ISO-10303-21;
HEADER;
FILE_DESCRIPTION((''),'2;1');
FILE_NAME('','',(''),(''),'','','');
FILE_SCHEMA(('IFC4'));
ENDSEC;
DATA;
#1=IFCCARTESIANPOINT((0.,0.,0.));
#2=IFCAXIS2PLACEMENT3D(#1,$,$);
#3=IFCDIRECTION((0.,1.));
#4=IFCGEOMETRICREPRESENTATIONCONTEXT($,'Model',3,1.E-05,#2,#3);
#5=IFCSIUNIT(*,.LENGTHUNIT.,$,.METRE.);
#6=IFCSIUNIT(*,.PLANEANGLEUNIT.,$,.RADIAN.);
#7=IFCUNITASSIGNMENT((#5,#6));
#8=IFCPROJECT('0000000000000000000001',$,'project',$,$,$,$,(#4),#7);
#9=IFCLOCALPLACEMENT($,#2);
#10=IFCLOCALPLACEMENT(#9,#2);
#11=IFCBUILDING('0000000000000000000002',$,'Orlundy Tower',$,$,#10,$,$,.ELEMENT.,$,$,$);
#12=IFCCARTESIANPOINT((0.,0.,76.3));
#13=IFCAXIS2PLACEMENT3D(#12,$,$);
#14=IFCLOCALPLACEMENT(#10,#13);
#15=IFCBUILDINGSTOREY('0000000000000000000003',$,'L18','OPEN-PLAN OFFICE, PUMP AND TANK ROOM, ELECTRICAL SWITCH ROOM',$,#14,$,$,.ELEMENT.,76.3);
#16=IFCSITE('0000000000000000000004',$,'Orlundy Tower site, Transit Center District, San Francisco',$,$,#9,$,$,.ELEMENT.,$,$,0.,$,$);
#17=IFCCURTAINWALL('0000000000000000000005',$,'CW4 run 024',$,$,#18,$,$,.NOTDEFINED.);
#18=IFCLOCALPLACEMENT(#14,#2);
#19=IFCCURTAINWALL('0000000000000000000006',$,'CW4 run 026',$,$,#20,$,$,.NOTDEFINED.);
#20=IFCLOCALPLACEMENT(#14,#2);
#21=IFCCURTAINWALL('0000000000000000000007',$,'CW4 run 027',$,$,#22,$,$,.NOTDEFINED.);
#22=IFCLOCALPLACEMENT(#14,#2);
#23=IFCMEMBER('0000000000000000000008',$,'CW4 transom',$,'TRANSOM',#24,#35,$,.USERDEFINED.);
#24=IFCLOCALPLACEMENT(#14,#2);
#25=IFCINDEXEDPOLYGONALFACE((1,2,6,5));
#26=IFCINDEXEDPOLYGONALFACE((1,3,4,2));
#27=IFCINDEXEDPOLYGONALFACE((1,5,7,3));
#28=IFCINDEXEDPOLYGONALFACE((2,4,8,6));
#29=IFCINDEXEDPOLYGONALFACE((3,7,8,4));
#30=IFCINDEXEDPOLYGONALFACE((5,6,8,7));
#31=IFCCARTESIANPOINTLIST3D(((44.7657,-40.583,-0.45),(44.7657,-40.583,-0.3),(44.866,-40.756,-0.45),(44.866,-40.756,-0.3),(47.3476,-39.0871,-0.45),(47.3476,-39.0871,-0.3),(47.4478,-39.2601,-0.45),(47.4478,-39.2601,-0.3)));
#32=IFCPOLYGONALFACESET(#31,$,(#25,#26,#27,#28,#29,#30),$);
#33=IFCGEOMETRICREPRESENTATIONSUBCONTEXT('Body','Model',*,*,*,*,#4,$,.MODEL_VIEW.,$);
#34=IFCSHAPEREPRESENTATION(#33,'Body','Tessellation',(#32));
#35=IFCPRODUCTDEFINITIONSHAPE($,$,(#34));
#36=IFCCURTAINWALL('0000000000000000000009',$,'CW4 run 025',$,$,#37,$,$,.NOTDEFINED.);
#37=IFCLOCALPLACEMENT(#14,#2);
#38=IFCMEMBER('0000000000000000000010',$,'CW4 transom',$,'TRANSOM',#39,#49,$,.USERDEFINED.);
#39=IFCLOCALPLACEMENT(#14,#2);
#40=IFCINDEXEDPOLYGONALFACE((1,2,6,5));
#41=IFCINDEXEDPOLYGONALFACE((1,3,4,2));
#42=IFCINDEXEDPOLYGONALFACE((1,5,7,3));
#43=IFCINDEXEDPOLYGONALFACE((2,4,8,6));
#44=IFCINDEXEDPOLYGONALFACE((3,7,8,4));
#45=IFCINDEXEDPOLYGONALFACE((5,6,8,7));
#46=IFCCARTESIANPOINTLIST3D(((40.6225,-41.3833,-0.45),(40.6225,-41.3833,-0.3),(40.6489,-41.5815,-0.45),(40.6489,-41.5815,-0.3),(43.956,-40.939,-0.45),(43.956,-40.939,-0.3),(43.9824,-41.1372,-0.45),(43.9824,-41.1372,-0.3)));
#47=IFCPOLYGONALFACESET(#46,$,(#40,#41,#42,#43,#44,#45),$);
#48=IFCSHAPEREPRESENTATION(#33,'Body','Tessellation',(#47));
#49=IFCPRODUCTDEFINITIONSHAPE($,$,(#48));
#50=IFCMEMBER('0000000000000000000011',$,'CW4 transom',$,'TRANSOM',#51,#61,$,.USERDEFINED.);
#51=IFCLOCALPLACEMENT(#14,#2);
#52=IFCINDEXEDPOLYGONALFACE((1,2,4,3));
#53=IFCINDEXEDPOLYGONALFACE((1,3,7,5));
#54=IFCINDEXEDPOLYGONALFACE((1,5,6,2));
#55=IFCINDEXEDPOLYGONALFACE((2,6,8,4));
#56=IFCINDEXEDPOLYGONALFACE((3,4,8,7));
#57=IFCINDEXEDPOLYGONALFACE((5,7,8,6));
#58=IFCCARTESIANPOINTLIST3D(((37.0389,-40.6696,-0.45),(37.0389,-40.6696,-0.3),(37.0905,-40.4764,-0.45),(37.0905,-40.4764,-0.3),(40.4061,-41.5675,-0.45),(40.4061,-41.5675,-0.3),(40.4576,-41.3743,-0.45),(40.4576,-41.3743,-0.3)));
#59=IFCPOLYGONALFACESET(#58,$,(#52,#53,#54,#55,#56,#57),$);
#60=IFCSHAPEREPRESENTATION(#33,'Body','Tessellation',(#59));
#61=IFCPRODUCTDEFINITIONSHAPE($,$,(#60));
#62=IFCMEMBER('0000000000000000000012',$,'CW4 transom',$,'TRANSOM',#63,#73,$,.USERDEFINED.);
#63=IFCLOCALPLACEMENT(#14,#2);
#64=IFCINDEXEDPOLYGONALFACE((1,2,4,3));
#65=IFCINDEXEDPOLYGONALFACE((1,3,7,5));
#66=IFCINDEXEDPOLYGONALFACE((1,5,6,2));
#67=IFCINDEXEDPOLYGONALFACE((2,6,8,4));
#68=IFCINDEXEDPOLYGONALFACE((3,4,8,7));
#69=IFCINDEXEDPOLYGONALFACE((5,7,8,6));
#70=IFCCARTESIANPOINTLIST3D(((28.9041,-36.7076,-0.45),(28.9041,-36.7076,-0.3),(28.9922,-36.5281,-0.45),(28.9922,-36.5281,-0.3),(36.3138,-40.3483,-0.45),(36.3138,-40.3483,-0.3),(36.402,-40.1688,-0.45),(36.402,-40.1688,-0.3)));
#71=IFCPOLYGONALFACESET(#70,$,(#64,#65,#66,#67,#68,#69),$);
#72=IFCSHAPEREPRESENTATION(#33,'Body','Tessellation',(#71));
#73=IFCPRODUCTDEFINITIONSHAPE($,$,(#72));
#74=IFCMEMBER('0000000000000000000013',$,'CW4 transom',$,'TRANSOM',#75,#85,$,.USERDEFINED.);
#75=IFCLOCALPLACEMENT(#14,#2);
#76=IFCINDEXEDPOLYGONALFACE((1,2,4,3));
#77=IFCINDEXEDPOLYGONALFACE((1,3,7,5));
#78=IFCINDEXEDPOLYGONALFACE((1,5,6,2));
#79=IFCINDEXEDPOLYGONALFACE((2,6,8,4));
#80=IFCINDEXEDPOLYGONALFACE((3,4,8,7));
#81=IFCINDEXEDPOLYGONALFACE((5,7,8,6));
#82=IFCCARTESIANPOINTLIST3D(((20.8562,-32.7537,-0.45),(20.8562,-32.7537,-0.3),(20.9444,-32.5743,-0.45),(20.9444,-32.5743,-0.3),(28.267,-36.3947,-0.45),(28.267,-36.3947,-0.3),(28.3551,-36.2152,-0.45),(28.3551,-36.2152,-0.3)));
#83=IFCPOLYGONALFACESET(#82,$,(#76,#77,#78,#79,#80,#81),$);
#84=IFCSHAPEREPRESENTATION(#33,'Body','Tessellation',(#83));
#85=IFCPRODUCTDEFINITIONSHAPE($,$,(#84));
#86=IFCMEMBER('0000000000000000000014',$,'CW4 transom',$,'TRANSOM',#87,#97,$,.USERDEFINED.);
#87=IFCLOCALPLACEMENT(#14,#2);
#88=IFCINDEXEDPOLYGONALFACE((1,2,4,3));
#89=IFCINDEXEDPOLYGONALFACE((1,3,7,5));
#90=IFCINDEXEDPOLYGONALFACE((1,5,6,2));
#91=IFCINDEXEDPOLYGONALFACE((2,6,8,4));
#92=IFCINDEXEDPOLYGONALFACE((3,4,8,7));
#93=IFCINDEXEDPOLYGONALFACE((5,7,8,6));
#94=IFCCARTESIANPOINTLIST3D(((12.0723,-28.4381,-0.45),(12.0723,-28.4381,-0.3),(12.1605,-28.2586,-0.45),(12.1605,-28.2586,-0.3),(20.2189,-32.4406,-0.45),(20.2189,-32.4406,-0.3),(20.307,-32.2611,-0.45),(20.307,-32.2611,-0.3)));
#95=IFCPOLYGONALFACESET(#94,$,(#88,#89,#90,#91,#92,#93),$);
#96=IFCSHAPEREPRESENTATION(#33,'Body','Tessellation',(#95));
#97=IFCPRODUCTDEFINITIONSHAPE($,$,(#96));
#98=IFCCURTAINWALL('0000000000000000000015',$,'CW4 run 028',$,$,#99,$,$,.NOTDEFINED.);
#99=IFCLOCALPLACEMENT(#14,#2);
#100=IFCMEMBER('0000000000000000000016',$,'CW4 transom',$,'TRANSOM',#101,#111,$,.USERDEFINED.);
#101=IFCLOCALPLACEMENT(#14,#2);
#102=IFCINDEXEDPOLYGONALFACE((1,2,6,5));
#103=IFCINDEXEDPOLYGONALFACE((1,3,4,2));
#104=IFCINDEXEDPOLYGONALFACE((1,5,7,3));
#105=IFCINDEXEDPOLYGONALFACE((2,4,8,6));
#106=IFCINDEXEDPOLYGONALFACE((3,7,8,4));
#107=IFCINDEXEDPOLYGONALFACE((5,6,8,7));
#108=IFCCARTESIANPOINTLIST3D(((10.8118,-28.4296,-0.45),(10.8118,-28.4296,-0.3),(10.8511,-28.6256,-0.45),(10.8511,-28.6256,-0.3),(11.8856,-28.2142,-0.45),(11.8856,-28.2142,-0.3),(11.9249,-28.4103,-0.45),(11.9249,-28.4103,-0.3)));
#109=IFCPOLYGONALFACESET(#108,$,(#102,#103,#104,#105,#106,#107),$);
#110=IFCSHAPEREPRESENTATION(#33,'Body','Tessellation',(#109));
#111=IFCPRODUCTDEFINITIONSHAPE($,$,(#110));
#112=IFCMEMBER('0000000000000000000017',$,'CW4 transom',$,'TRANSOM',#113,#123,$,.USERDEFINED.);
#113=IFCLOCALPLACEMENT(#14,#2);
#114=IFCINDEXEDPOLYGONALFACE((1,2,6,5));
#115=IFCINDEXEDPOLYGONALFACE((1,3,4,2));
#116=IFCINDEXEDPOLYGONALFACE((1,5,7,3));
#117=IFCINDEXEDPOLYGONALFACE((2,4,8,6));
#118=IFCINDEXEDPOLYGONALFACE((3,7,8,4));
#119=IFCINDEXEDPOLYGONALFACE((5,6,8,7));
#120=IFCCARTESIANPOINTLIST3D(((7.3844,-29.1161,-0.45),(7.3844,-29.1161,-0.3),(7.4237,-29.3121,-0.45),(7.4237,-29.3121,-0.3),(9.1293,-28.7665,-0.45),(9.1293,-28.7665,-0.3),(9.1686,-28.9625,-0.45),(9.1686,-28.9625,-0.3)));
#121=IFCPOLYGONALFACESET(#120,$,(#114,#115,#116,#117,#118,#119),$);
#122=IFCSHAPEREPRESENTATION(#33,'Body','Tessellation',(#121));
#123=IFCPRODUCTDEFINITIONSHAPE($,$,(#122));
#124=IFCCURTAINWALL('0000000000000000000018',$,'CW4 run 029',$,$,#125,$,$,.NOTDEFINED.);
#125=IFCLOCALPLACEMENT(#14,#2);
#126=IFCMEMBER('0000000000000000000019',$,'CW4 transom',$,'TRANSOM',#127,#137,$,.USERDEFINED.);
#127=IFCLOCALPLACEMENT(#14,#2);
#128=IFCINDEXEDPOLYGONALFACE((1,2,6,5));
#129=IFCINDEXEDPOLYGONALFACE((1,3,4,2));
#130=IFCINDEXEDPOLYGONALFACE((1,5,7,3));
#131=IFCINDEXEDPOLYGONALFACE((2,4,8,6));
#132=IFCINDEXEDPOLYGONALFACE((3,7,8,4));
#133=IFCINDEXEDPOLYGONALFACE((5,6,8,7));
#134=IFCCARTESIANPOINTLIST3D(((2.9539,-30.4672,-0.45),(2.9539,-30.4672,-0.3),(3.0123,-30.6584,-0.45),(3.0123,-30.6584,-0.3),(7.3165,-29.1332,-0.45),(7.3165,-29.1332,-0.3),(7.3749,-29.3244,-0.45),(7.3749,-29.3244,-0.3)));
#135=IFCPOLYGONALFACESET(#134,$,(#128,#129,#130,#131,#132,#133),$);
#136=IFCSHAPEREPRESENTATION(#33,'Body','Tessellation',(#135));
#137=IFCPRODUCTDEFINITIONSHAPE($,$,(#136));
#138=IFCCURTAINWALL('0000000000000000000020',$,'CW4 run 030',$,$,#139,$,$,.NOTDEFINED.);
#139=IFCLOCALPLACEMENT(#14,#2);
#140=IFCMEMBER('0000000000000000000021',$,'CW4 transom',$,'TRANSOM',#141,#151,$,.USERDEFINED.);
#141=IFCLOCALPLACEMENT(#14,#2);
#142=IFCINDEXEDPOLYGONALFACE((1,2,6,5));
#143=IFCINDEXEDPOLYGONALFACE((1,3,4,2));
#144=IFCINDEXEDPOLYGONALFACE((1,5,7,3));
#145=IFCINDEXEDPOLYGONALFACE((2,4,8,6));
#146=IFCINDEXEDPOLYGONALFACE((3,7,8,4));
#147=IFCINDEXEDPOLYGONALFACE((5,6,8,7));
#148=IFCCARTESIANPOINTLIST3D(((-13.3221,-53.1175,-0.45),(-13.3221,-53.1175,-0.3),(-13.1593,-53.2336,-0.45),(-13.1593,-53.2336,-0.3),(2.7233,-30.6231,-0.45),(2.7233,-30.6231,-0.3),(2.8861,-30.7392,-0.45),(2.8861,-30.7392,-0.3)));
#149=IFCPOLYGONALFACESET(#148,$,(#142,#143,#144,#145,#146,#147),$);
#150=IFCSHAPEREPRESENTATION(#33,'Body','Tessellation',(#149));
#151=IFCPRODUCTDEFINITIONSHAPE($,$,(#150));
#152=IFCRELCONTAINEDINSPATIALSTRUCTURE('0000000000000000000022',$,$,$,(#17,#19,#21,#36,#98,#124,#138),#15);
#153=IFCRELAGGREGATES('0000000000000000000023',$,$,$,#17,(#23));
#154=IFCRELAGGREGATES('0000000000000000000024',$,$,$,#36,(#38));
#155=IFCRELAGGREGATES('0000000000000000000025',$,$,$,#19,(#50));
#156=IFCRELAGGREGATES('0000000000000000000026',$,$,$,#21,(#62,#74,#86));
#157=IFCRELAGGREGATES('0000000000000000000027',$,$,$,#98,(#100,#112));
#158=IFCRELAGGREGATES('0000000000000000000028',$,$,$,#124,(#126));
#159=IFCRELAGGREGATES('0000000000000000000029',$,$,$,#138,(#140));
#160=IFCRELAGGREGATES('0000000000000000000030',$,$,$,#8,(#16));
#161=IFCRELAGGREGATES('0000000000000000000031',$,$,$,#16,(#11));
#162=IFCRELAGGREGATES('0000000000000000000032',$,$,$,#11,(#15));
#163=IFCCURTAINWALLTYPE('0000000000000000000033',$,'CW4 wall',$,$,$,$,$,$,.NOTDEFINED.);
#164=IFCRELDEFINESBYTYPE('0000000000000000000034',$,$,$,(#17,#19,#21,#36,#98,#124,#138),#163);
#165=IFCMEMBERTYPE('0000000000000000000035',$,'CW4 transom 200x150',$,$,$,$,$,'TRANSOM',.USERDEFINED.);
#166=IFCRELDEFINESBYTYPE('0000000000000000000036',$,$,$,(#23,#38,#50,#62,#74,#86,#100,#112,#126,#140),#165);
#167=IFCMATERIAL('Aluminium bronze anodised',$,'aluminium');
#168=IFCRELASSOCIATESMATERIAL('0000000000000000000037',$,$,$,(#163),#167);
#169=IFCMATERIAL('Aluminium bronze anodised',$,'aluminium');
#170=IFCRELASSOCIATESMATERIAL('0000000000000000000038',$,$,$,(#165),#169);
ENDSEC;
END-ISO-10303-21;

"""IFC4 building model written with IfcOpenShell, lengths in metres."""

from ifc_helpers import new_model, si_unit, direction, frame, origin, origin_2d, place, context, subcontext, project, spatial, rectangle, extrude, material, material_profile, profile_set, type_object, element, aggregate, save


model = new_model("IFC4")

# Units and contexts
model_context = context("Model", 3, precision=1e-05, world=origin(), true_north=direction((0.0, 1.0)))
body_context = subcontext(model_context, "Body", "Model", "MODEL_VIEW")
ifc_project = project(units=[si_unit("LENGTHUNIT", "METRE"), si_unit("PLANEANGLEUNIT", "RADIAN")], contexts=[model_context])

# Site, building, storey
site_placement = place(None, origin())
site = spatial("IfcSite", under=ifc_project, at=site_placement, Name="Orlundy Tower site, Transit Center District, San Francisco", CompositionType="ELEMENT", RefElevation=0.0)
building_placement = place(site_placement, origin())
building = spatial("IfcBuilding", under=site, at=building_placement, Name="Orlundy Tower", CompositionType="ELEMENT")
storey_placement = place(building_placement, frame((0.0, 0.0, 76.3)))
storey = spatial("IfcBuildingStorey", under=building, at=storey_placement, Name="L18", Description="OPEN-PLAN OFFICE, PUMP AND TANK ROOM, ELECTRICAL SWITCH ROOM", CompositionType="ELEMENT", Elevation=76.3)

# Curtain walls
ifc_material_1 = material(Name="Aluminium bronze anodised", Category="aluminium")
curtain_wall_type = type_object("IfcCurtainWallType", Name="CW4 wall", PredefinedType="NOTDEFINED", material=ifc_material_1)
curtain_wall_1_placement = place(storey_placement, origin())
curtain_wall_1 = element("IfcCurtainWall", 1, at=curtain_wall_1_placement, inside=storey, type_object=curtain_wall_type, Name="CW4 run 024", PredefinedType="NOTDEFINED")
curtain_wall_2_placement = place(storey_placement, origin())
curtain_wall_2 = element("IfcCurtainWall", 2, at=curtain_wall_2_placement, inside=storey, type_object=curtain_wall_type, Name="CW4 run 026", PredefinedType="NOTDEFINED")

# Curtain wall
curtain_wall_3_placement = place(storey_placement, origin())
curtain_wall_3 = element("IfcCurtainWall", 3, at=curtain_wall_3_placement, inside=storey, type_object=curtain_wall_type, Name="CW4 run 027", PredefinedType="NOTDEFINED")

# Shared definitions
ifc_material_2 = material(Name="Aluminium bronze anodised", Category="aluminium")
ifc_material_profile_1 = material_profile(ifc_material_2, rectangle(XDim=0.2, YDim=0.1499, at=origin_2d()), Name="CW4 transom 200x150")
ifc_profile_set_1 = profile_set([ifc_material_profile_1], Name="Aluminium bronze anodised")
member_type_1 = type_object("IfcMemberType", Name="CW4 transom 200x150", ElementType="TRANSOM", PredefinedType="USERDEFINED", material=ifc_profile_set_1)

# Member
member_1_placement = place(storey_placement, frame((47.3977, -39.1736, -0.375), z_axis=(-0.865262, -0.50132, 0.0), x_axis=(0.50132, -0.865262, 0.0)))
member_1 = element("IfcMember", 4, at=member_1_placement, type_object=member_type_1, Name="CW4 transom", ObjectType="TRANSOM", PredefinedType="USERDEFINED", context=body_context, shape_type="SweptSolid", body=[
    extrude(rectangle(XDim=0.2, YDim=0.1499, at=origin_2d()), origin(), (0.0, 0.0, 1.0), 2.9839),
])
aggregate(curtain_wall_1, [member_1])

# Curtain wall, member
curtain_wall_4_placement = place(storey_placement, origin())
curtain_wall_4 = element("IfcCurtainWall", 5, at=curtain_wall_4_placement, inside=storey, type_object=curtain_wall_type, Name="CW4 run 025", PredefinedType="NOTDEFINED")
member_2_placement = place(storey_placement, frame((43.9692, -41.0381, -0.375), z_axis=(-0.991233, -0.132126, 0.0), x_axis=(0.132126, -0.991233, 0.0)))
member_2 = element("IfcMember", 6, at=member_2_placement, type_object=member_type_1, Name="CW4 transom", ObjectType="TRANSOM", PredefinedType="USERDEFINED", context=body_context, shape_type="SweptSolid", body=[
    extrude(rectangle(XDim=0.2, YDim=0.1499, at=origin_2d()), origin(), (0.0, 0.0, 1.0), 3.363),
])
aggregate(curtain_wall_4, [member_2])

# Members
member_3_placement = place(storey_placement, frame((40.4319, -41.4709, -0.375), z_axis=(-0.966233, 0.257671, 0.0), x_axis=(-0.257671, -0.966233, 0.0)))
member_3 = element("IfcMember", 7, at=member_3_placement, type_object=member_type_1, Name="CW4 transom", ObjectType="TRANSOM", PredefinedType="USERDEFINED", context=body_context, shape_type="SweptSolid", body=[
    extrude(rectangle(XDim=0.2, YDim=0.1499, at=origin_2d()), origin(), (0.0, 0.0, 1.0), 3.4849),
])
aggregate(curtain_wall_2, [member_3])
member_4_placement = place(storey_placement, frame((36.3579, -40.2585, -0.375), z_axis=(-0.897517, 0.440981, 0.0), x_axis=(-0.440981, -0.897517, 0.0)))
member_4 = element("IfcMember", 8, at=member_4_placement, type_object=member_type_1, Name="CW4 transom", ObjectType="TRANSOM", PredefinedType="USERDEFINED", context=body_context, shape_type="SweptSolid", body=[
    extrude(rectangle(XDim=0.2, YDim=0.1499, at=origin_2d()), origin(), (0.0, 0.0, 1.0), 8.2559),
])
member_5_placement = place(storey_placement, frame((28.311, -36.3049, -0.375), z_axis=(-0.897528, 0.440958, 0.0), x_axis=(-0.440958, -0.897528, 0.0)))
member_5 = element("IfcMember", 9, at=member_5_placement, type_object=member_type_1, Name="CW4 transom", ObjectType="TRANSOM", PredefinedType="USERDEFINED", context=body_context, shape_type="SweptSolid", body=[
    extrude(rectangle(XDim=0.2, YDim=0.1499, at=origin_2d()), origin(), (0.0, 0.0, 1.0), 8.2568),
])
member_6_placement = place(storey_placement, frame((20.2629, -32.3508, -0.375), z_axis=(-0.897526, 0.440962, 0.0), x_axis=(-0.440962, -0.897526, 0.0)))
member_6 = element("IfcMember", 10, at=member_6_placement, type_object=member_type_1, Name="CW4 transom", ObjectType="TRANSOM", PredefinedType="USERDEFINED", context=body_context, shape_type="SweptSolid", body=[
    extrude(rectangle(XDim=0.2, YDim=0.1499, at=origin_2d()), origin(), (0.0, 0.0, 1.0), 9.0767),
])
aggregate(curtain_wall_3, [member_4, member_5, member_6])

# Curtain wall, members
curtain_wall_5_placement = place(storey_placement, origin())
curtain_wall_5 = element("IfcCurtainWall", 11, at=curtain_wall_5_placement, inside=storey, type_object=curtain_wall_type, Name="CW4 run 028", PredefinedType="NOTDEFINED")
member_7_placement = place(storey_placement, frame((11.9053, -28.3123, -0.375), z_axis=(-0.980478, -0.196631, 0.0), x_axis=(0.196631, -0.980478, 0.0)))
member_7 = element("IfcMember", 12, at=member_7_placement, type_object=member_type_1, Name="CW4 transom", ObjectType="TRANSOM", PredefinedType="USERDEFINED", context=body_context, shape_type="SweptSolid", body=[
    extrude(rectangle(XDim=0.2, YDim=0.1499, at=origin_2d()), origin(), (0.0, 0.0, 1.0), 1.0952),
])
member_8_placement = place(storey_placement, frame((9.1489, -28.8645, -0.375), z_axis=(-0.980512, -0.196459, 0.0), x_axis=(0.196459, -0.980512, 0.0)))
member_8 = element("IfcMember", 13, at=member_8_placement, type_object=member_type_1, Name="CW4 transom", ObjectType="TRANSOM", PredefinedType="USERDEFINED", context=body_context, shape_type="SweptSolid", body=[
    extrude(rectangle(XDim=0.2, YDim=0.1499, at=origin_2d()), origin(), (0.0, 0.0, 1.0), 1.7795),
])
aggregate(curtain_wall_5, [member_7, member_8])

# Curtain walls, members
curtain_wall_6_placement = place(storey_placement, origin())
curtain_wall_6 = element("IfcCurtainWall", 14, at=curtain_wall_6_placement, inside=storey, type_object=curtain_wall_type, Name="CW4 run 029", PredefinedType="NOTDEFINED")
member_9_placement = place(storey_placement, frame((7.3457, -29.2288, -0.375), z_axis=(-0.956291, -0.292416, 0.0), x_axis=(0.292416, -0.956291, 0.0)))
member_9 = element("IfcMember", 15, at=member_9_placement, type_object=member_type_1, Name="CW4 transom", ObjectType="TRANSOM", PredefinedType="USERDEFINED", context=body_context, shape_type="SweptSolid", body=[
    extrude(rectangle(XDim=0.2, YDim=0.1499, at=origin_2d()), origin(), (0.0, 0.0, 1.0), 4.562),
])
aggregate(curtain_wall_6, [member_9])
curtain_wall_7_placement = place(storey_placement, origin())
curtain_wall_7 = element("IfcCurtainWall", 16, at=curtain_wall_7_placement, inside=storey, type_object=curtain_wall_type, Name="CW4 run 030", PredefinedType="NOTDEFINED")
member_10_placement = place(storey_placement, frame((2.8047, -30.6812, -0.375), z_axis=(-0.580711, -0.81411, 0.0), x_axis=(0.81411, -0.580711, 0.0)))
member_10 = element("IfcMember", 17, at=member_10_placement, type_object=member_type_1, Name="CW4 transom", ObjectType="TRANSOM", PredefinedType="USERDEFINED", context=body_context, shape_type="SweptSolid", body=[
    extrude(rectangle(XDim=0.2, YDim=0.1499, at=origin_2d()), origin(), (0.0, 0.0, 1.0), 27.6306),
])
aggregate(curtain_wall_7, [member_10])

save(model, "model.ifc")
